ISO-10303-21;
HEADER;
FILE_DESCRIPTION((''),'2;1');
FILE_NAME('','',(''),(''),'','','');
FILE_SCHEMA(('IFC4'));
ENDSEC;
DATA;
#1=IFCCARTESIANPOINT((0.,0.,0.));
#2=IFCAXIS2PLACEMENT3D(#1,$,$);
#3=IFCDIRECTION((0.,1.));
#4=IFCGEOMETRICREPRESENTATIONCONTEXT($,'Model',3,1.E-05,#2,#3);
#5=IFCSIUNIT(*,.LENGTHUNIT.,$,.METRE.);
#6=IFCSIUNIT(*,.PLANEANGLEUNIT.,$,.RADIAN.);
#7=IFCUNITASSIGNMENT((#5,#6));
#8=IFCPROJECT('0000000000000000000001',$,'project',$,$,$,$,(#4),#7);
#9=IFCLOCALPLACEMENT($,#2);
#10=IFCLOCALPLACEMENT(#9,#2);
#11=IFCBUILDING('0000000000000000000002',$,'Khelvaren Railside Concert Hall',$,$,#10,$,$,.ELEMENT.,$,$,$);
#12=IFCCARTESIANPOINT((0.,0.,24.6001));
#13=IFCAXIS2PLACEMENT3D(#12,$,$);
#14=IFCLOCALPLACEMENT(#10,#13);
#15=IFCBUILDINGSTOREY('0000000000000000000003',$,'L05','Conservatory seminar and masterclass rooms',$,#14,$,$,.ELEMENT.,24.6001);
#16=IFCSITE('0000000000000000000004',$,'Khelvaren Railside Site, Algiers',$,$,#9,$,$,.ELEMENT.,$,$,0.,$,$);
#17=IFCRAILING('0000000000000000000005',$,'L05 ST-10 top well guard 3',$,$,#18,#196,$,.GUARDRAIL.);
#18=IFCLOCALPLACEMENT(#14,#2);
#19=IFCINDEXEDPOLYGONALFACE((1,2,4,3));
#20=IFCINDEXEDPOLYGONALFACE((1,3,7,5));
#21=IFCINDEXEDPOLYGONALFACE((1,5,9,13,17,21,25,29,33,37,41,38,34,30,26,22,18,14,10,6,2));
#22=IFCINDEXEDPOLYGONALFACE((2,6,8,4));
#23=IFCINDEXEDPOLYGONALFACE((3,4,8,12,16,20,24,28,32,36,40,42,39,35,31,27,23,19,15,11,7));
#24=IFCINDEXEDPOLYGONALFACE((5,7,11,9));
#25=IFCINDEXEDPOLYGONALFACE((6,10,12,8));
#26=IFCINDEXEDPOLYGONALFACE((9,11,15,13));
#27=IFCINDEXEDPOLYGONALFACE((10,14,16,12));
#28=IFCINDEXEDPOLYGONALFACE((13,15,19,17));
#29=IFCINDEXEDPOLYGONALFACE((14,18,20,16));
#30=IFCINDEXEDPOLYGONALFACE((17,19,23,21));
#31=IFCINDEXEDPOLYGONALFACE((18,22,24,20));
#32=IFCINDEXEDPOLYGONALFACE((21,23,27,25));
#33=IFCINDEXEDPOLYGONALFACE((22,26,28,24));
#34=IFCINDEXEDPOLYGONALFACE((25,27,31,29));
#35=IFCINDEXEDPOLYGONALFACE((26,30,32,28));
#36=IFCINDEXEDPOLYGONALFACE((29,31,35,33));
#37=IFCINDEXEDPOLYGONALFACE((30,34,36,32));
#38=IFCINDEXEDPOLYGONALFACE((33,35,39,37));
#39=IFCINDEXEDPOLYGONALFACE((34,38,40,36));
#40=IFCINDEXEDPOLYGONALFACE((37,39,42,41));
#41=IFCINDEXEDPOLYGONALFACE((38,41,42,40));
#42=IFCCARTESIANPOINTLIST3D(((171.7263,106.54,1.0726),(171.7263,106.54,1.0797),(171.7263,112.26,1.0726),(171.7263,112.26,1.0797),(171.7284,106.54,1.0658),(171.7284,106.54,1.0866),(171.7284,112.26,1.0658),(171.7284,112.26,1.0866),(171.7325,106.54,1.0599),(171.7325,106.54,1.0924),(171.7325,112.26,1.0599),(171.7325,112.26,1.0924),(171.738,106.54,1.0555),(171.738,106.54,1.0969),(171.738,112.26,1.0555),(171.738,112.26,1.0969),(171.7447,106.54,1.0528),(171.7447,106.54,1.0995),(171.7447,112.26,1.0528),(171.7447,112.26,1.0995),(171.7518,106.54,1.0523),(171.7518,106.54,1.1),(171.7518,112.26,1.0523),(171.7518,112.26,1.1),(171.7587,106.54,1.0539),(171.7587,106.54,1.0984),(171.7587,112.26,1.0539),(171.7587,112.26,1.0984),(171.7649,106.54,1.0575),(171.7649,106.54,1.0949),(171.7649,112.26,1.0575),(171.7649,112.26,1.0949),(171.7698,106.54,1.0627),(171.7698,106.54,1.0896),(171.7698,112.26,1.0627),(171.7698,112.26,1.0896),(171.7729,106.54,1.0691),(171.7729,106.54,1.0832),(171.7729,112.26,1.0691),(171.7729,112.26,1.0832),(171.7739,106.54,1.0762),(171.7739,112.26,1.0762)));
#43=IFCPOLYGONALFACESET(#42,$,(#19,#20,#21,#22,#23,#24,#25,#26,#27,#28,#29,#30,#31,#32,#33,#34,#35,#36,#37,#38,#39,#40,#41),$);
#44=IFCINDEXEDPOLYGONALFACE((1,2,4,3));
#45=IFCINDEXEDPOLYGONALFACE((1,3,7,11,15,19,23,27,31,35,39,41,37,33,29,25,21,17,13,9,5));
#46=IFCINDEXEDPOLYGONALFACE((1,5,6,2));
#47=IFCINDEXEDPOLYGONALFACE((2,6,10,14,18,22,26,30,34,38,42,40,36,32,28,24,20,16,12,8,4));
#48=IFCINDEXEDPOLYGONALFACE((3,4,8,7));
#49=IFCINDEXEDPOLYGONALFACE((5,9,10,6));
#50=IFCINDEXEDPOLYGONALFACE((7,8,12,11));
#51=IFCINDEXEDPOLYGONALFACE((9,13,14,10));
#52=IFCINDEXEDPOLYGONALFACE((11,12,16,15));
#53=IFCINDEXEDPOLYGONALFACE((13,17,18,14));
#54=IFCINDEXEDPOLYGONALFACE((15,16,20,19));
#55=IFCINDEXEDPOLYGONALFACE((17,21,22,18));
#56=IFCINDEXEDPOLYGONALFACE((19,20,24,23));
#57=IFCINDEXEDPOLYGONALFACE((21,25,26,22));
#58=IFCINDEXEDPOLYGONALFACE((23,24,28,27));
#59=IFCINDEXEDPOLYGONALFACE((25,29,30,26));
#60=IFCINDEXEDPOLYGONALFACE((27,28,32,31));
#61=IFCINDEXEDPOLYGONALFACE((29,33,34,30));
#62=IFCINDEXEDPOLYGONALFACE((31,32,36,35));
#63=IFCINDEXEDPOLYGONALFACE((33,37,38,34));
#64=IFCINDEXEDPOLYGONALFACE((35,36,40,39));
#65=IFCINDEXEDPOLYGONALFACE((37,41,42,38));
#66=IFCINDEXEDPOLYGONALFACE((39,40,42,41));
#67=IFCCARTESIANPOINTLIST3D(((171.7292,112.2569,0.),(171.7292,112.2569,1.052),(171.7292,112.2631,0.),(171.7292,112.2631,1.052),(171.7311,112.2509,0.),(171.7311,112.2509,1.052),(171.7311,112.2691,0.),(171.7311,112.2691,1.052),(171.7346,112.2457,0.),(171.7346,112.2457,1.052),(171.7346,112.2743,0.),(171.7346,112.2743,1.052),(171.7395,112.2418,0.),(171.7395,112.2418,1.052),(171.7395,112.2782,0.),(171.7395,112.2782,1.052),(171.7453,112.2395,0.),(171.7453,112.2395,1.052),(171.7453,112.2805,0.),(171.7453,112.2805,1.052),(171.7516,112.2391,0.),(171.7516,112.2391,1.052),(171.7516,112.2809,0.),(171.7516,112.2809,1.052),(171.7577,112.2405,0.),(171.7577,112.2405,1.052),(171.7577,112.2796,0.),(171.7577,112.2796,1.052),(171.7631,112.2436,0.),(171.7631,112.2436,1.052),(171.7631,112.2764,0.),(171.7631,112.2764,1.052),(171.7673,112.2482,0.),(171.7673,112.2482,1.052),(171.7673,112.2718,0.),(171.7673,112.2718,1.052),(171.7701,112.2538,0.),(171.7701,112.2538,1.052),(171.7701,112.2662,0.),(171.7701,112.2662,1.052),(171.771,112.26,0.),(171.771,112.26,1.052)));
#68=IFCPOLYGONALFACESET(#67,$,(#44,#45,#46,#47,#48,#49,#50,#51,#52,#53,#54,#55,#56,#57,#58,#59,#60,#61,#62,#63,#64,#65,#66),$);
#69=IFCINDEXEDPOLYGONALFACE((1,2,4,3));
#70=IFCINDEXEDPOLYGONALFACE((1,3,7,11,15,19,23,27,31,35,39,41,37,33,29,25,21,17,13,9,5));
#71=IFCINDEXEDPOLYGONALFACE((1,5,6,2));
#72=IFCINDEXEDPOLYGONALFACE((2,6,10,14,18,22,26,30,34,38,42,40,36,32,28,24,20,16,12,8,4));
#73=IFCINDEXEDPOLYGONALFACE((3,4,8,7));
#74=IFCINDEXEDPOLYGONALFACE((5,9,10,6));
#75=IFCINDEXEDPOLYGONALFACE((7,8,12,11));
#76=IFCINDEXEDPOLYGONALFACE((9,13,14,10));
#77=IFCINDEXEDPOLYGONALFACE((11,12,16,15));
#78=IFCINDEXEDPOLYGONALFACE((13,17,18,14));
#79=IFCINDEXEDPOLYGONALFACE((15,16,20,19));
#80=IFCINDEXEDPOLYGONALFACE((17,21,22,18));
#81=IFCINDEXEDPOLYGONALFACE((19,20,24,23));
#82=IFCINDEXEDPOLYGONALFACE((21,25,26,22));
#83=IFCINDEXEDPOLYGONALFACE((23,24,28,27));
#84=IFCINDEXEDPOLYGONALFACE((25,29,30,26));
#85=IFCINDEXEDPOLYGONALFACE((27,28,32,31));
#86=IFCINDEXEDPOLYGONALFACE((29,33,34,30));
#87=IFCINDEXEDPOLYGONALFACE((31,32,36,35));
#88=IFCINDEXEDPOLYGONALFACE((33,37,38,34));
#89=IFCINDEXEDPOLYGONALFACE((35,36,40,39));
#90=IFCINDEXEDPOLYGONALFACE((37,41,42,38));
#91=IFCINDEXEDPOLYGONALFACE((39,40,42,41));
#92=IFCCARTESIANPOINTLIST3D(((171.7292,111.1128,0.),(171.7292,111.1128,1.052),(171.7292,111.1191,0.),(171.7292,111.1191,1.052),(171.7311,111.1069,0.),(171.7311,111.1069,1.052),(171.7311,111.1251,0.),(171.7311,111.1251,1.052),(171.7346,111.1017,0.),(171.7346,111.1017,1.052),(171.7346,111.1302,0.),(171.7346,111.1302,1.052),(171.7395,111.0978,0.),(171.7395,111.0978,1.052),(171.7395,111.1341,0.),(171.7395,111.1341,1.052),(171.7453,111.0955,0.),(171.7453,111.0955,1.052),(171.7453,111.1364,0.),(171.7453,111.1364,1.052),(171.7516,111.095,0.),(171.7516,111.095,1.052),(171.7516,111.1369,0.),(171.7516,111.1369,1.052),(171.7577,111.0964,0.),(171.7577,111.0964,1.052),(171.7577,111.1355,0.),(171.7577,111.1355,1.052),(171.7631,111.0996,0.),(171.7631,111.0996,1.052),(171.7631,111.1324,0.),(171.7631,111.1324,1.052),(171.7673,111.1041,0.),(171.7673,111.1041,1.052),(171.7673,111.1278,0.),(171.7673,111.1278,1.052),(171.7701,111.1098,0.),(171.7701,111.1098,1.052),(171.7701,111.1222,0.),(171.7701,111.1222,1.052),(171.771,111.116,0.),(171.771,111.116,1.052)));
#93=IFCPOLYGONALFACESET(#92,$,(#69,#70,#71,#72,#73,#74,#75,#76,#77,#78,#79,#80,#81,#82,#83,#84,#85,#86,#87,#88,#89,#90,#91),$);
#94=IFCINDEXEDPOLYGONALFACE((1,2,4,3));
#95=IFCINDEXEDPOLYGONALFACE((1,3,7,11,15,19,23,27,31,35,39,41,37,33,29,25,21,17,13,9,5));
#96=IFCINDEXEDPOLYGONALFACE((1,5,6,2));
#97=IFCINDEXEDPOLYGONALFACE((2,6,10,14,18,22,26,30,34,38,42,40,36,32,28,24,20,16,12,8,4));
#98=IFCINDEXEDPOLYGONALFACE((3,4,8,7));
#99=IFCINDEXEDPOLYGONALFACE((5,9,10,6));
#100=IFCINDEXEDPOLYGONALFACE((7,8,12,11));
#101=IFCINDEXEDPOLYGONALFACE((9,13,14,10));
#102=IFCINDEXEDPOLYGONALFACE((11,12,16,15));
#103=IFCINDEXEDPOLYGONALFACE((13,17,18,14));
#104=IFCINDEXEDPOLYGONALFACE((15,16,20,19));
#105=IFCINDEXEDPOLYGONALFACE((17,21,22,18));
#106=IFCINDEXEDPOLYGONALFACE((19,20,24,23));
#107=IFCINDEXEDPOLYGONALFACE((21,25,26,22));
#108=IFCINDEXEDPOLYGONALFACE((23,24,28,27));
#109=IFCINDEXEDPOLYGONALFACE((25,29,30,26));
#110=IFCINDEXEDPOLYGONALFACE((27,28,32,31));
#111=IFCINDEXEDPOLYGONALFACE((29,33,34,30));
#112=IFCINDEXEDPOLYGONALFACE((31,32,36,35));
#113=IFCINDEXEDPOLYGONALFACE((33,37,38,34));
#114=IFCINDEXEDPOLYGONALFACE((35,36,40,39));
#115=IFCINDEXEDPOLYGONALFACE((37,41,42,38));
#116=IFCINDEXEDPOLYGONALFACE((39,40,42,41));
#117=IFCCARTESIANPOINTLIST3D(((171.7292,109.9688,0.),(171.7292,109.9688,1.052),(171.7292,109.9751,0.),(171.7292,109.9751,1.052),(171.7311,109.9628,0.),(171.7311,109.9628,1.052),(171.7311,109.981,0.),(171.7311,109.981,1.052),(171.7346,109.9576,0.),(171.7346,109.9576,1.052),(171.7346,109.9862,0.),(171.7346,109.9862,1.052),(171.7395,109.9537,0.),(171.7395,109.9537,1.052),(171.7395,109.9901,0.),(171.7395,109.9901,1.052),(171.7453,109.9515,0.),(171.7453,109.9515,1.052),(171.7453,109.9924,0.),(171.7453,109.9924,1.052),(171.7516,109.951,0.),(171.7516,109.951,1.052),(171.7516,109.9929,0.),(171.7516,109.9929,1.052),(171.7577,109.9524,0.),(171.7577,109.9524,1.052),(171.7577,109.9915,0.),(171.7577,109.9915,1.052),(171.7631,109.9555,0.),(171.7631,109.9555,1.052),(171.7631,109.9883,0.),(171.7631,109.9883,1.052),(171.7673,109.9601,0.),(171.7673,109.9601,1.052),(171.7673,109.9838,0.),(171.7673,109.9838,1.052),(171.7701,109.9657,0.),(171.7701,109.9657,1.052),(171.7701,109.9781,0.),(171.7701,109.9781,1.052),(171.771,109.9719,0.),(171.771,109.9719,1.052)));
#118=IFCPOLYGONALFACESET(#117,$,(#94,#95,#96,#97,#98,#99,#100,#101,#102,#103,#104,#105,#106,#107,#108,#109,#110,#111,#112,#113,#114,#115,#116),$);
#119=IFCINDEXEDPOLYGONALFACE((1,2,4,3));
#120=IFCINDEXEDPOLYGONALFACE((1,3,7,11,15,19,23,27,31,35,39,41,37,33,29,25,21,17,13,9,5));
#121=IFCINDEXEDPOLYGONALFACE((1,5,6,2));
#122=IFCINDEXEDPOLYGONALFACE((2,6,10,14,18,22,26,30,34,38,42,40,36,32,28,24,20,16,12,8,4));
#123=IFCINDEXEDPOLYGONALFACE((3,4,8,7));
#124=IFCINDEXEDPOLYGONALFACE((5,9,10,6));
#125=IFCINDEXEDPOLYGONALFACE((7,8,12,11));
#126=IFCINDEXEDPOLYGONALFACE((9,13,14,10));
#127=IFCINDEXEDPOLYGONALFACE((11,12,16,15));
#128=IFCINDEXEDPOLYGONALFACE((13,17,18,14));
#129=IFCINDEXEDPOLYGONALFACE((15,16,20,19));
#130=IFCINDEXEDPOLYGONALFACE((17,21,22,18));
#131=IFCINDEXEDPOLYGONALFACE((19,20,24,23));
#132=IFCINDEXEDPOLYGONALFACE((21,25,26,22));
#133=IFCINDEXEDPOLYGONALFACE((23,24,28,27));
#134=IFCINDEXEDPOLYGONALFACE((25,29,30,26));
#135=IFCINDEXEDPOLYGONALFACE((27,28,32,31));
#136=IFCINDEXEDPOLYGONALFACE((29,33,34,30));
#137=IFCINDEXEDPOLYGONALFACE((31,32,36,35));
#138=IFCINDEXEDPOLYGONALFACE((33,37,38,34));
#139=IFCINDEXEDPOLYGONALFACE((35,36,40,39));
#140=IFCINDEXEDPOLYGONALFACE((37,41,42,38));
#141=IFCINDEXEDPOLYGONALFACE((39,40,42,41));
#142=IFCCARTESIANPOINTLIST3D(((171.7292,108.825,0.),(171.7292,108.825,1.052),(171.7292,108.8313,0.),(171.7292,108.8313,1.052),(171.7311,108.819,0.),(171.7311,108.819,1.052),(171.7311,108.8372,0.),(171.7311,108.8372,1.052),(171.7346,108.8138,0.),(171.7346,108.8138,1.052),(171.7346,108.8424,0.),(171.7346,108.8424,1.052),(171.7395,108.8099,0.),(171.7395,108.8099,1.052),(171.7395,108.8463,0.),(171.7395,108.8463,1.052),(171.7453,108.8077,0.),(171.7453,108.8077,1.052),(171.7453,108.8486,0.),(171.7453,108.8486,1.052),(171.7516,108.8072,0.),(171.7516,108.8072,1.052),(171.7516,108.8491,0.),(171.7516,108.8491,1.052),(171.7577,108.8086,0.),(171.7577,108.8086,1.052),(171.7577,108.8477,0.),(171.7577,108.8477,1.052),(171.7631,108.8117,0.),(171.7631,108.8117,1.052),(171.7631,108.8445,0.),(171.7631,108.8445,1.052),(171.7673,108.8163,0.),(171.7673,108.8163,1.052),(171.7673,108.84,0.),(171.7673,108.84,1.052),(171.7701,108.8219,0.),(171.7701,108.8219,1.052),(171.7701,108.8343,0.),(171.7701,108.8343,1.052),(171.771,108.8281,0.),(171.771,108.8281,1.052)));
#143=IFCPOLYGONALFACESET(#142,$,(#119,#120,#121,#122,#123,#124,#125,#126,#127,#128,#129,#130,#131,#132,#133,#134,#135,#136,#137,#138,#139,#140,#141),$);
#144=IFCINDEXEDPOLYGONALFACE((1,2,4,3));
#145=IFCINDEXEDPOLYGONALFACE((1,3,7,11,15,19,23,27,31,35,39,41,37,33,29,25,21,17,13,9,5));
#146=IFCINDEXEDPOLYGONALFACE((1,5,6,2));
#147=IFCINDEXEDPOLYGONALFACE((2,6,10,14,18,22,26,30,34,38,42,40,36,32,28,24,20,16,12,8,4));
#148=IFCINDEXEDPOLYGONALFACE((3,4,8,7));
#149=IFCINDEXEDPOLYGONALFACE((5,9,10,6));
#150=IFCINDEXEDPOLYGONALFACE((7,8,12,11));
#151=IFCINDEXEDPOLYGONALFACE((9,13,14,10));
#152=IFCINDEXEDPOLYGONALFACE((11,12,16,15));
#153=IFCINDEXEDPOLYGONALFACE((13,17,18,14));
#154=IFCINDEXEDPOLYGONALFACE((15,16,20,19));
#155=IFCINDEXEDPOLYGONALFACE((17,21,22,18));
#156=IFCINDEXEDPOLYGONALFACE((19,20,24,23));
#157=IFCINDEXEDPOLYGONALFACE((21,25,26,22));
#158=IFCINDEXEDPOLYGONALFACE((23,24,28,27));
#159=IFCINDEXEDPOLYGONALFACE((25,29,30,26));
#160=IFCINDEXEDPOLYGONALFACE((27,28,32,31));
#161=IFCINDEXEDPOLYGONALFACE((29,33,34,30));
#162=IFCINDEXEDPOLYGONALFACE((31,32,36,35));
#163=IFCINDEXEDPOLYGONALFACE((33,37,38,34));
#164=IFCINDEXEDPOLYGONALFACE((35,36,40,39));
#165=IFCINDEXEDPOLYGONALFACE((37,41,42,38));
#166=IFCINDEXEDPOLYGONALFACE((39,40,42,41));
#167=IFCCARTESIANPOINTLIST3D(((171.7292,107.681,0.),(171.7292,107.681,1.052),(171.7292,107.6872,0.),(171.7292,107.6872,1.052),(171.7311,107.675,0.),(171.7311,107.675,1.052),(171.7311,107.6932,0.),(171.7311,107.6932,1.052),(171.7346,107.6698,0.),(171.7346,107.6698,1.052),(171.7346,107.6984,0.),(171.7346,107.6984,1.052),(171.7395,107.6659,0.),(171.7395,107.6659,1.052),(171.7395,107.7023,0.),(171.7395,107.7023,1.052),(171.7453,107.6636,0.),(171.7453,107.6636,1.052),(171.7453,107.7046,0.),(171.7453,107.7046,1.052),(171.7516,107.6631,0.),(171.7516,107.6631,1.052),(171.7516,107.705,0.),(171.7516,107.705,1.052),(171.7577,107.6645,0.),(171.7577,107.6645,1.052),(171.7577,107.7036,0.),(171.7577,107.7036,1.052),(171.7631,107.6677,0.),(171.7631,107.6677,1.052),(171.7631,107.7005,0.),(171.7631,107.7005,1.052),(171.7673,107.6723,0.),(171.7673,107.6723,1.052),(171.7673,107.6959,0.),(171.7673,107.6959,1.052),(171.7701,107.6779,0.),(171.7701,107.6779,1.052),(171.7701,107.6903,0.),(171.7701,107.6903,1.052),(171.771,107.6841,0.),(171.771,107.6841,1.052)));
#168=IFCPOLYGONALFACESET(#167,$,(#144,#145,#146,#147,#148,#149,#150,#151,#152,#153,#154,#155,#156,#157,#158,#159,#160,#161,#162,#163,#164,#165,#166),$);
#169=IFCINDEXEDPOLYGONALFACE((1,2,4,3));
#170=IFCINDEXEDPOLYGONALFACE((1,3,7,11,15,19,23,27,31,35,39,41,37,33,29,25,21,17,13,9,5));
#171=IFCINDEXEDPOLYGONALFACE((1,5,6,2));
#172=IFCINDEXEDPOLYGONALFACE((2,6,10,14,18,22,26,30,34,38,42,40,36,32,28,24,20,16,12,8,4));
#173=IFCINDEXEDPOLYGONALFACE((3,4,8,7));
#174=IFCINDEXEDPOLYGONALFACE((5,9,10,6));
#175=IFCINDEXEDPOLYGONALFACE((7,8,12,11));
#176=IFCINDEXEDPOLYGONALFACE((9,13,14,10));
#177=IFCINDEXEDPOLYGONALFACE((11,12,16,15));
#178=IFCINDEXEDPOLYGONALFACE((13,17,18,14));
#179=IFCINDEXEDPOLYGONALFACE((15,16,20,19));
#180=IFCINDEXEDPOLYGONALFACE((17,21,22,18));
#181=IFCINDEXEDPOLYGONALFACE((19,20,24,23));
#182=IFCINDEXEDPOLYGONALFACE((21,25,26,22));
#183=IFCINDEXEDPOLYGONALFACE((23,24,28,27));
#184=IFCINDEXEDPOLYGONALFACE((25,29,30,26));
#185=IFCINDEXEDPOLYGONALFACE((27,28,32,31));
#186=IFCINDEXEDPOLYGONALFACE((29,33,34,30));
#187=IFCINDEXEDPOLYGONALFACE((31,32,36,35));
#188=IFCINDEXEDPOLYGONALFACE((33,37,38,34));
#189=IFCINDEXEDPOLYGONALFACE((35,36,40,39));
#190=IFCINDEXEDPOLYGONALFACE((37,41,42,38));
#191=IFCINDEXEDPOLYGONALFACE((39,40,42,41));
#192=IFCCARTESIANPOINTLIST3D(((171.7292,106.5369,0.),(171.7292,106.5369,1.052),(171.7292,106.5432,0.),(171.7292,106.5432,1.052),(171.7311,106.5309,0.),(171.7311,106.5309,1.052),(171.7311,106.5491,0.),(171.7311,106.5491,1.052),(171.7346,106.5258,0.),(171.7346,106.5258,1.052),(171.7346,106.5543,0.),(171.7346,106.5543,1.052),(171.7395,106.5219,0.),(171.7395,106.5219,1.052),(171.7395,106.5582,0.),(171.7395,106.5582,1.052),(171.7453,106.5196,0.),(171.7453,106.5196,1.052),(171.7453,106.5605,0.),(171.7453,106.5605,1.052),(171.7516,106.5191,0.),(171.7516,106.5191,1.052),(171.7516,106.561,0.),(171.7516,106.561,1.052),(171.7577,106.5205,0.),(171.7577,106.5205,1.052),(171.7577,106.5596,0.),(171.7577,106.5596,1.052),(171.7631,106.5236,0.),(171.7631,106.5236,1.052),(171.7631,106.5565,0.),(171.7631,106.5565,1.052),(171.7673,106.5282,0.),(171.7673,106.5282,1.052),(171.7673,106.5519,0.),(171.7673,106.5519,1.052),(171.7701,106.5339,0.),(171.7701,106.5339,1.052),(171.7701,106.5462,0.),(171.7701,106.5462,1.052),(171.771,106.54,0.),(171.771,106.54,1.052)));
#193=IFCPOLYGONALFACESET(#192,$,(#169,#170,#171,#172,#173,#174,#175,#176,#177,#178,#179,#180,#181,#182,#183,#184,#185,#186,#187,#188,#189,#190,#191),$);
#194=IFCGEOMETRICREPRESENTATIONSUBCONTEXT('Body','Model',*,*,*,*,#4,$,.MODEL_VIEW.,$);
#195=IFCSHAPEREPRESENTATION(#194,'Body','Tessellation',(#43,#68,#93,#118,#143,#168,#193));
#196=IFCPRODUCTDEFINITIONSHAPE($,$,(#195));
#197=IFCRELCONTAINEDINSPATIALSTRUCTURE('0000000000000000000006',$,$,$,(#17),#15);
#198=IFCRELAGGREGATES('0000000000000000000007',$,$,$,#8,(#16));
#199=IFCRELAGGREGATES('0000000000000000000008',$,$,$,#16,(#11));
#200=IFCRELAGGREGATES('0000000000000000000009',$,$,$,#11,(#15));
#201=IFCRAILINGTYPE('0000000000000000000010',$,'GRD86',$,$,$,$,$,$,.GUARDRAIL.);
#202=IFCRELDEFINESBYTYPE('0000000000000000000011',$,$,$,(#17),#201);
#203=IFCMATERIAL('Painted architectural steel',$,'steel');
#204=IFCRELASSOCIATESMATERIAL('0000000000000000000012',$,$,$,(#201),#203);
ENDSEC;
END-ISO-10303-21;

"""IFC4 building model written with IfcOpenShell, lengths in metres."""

from ifc_helpers import new_model, si_unit, direction, frame, origin, origin_2d, place, context, subcontext, project, spatial, circle, extrude, material, type_object, element, save


model = new_model("IFC4")

# Units and contexts
model_context = context("Model", 3, precision=1e-05, world=origin(), true_north=direction((0.0, 1.0)))
body_context = subcontext(model_context, "Body", "Model", "MODEL_VIEW")
ifc_project = project(units=[si_unit("LENGTHUNIT", "METRE"), si_unit("PLANEANGLEUNIT", "RADIAN")], contexts=[model_context])

# Site, building, storey
site_placement = place(None, origin())
site = spatial("IfcSite", under=ifc_project, at=site_placement, Name="Khelvaren Railside Site, Algiers", CompositionType="ELEMENT", RefElevation=0.0)
building_placement = place(site_placement, origin())
building = spatial("IfcBuilding", under=site, at=building_placement, Name="Khelvaren Railside Concert Hall", CompositionType="ELEMENT")
storey_placement = place(building_placement, frame((0.0, 0.0, 24.6001)))
storey = spatial("IfcBuildingStorey", under=building, at=storey_placement, Name="L05", Description="Conservatory seminar and masterclass rooms", CompositionType="ELEMENT", Elevation=24.6001)

# Railing
ifc_material_1 = material(Name="Painted architectural steel", Category="steel")
railing_type = type_object("IfcRailingType", Name="GRD86", PredefinedType="GUARDRAIL", material=ifc_material_1)
for number, where, name in (
    (1, (171.75, 112.26, 0.0), "L05 ST-10 top well guard 3"),
):
    element("IfcRailing", number, at=place(storey_placement, frame(where)), inside=storey, type_object=railing_type, Name=name, PredefinedType="GUARDRAIL", context=body_context, shape_type="SweptSolid", body=[
        extrude(circle(Radius=0.0239, at=origin_2d()), frame((0.0, 0.0, 1.0762), z_axis=(0.0, -1.0, 0.0), x_axis=(1.0, 0.0, 0.0)), (0.0, 0.0, 1.0), 5.72),
        extrude(circle(Radius=0.021, at=origin_2d()), origin(), (0.0, 0.0, 1.0), 1.052),
        extrude(circle(Radius=0.021, at=origin_2d()), frame((0.0, -1.144, 0.0)), (0.0, 0.0, 1.0), 1.052),
        extrude(circle(Radius=0.021, at=origin_2d()), frame((0.0, -2.2881, 0.0)), (0.0, 0.0, 1.0), 1.052),
        extrude(circle(Radius=0.021, at=origin_2d()), frame((0.0, -3.4319, 0.0)), (0.0, 0.0, 1.0), 1.052),
        extrude(circle(Radius=0.021, at=origin_2d()), frame((0.0, -4.5759, 0.0)), (0.0, 0.0, 1.0), 1.052),
        extrude(circle(Radius=0.021, at=origin_2d()), frame((0.0, -5.72, 0.0)), (0.0, 0.0, 1.0), 1.052),
    ])

save(model, "model.ifc")
